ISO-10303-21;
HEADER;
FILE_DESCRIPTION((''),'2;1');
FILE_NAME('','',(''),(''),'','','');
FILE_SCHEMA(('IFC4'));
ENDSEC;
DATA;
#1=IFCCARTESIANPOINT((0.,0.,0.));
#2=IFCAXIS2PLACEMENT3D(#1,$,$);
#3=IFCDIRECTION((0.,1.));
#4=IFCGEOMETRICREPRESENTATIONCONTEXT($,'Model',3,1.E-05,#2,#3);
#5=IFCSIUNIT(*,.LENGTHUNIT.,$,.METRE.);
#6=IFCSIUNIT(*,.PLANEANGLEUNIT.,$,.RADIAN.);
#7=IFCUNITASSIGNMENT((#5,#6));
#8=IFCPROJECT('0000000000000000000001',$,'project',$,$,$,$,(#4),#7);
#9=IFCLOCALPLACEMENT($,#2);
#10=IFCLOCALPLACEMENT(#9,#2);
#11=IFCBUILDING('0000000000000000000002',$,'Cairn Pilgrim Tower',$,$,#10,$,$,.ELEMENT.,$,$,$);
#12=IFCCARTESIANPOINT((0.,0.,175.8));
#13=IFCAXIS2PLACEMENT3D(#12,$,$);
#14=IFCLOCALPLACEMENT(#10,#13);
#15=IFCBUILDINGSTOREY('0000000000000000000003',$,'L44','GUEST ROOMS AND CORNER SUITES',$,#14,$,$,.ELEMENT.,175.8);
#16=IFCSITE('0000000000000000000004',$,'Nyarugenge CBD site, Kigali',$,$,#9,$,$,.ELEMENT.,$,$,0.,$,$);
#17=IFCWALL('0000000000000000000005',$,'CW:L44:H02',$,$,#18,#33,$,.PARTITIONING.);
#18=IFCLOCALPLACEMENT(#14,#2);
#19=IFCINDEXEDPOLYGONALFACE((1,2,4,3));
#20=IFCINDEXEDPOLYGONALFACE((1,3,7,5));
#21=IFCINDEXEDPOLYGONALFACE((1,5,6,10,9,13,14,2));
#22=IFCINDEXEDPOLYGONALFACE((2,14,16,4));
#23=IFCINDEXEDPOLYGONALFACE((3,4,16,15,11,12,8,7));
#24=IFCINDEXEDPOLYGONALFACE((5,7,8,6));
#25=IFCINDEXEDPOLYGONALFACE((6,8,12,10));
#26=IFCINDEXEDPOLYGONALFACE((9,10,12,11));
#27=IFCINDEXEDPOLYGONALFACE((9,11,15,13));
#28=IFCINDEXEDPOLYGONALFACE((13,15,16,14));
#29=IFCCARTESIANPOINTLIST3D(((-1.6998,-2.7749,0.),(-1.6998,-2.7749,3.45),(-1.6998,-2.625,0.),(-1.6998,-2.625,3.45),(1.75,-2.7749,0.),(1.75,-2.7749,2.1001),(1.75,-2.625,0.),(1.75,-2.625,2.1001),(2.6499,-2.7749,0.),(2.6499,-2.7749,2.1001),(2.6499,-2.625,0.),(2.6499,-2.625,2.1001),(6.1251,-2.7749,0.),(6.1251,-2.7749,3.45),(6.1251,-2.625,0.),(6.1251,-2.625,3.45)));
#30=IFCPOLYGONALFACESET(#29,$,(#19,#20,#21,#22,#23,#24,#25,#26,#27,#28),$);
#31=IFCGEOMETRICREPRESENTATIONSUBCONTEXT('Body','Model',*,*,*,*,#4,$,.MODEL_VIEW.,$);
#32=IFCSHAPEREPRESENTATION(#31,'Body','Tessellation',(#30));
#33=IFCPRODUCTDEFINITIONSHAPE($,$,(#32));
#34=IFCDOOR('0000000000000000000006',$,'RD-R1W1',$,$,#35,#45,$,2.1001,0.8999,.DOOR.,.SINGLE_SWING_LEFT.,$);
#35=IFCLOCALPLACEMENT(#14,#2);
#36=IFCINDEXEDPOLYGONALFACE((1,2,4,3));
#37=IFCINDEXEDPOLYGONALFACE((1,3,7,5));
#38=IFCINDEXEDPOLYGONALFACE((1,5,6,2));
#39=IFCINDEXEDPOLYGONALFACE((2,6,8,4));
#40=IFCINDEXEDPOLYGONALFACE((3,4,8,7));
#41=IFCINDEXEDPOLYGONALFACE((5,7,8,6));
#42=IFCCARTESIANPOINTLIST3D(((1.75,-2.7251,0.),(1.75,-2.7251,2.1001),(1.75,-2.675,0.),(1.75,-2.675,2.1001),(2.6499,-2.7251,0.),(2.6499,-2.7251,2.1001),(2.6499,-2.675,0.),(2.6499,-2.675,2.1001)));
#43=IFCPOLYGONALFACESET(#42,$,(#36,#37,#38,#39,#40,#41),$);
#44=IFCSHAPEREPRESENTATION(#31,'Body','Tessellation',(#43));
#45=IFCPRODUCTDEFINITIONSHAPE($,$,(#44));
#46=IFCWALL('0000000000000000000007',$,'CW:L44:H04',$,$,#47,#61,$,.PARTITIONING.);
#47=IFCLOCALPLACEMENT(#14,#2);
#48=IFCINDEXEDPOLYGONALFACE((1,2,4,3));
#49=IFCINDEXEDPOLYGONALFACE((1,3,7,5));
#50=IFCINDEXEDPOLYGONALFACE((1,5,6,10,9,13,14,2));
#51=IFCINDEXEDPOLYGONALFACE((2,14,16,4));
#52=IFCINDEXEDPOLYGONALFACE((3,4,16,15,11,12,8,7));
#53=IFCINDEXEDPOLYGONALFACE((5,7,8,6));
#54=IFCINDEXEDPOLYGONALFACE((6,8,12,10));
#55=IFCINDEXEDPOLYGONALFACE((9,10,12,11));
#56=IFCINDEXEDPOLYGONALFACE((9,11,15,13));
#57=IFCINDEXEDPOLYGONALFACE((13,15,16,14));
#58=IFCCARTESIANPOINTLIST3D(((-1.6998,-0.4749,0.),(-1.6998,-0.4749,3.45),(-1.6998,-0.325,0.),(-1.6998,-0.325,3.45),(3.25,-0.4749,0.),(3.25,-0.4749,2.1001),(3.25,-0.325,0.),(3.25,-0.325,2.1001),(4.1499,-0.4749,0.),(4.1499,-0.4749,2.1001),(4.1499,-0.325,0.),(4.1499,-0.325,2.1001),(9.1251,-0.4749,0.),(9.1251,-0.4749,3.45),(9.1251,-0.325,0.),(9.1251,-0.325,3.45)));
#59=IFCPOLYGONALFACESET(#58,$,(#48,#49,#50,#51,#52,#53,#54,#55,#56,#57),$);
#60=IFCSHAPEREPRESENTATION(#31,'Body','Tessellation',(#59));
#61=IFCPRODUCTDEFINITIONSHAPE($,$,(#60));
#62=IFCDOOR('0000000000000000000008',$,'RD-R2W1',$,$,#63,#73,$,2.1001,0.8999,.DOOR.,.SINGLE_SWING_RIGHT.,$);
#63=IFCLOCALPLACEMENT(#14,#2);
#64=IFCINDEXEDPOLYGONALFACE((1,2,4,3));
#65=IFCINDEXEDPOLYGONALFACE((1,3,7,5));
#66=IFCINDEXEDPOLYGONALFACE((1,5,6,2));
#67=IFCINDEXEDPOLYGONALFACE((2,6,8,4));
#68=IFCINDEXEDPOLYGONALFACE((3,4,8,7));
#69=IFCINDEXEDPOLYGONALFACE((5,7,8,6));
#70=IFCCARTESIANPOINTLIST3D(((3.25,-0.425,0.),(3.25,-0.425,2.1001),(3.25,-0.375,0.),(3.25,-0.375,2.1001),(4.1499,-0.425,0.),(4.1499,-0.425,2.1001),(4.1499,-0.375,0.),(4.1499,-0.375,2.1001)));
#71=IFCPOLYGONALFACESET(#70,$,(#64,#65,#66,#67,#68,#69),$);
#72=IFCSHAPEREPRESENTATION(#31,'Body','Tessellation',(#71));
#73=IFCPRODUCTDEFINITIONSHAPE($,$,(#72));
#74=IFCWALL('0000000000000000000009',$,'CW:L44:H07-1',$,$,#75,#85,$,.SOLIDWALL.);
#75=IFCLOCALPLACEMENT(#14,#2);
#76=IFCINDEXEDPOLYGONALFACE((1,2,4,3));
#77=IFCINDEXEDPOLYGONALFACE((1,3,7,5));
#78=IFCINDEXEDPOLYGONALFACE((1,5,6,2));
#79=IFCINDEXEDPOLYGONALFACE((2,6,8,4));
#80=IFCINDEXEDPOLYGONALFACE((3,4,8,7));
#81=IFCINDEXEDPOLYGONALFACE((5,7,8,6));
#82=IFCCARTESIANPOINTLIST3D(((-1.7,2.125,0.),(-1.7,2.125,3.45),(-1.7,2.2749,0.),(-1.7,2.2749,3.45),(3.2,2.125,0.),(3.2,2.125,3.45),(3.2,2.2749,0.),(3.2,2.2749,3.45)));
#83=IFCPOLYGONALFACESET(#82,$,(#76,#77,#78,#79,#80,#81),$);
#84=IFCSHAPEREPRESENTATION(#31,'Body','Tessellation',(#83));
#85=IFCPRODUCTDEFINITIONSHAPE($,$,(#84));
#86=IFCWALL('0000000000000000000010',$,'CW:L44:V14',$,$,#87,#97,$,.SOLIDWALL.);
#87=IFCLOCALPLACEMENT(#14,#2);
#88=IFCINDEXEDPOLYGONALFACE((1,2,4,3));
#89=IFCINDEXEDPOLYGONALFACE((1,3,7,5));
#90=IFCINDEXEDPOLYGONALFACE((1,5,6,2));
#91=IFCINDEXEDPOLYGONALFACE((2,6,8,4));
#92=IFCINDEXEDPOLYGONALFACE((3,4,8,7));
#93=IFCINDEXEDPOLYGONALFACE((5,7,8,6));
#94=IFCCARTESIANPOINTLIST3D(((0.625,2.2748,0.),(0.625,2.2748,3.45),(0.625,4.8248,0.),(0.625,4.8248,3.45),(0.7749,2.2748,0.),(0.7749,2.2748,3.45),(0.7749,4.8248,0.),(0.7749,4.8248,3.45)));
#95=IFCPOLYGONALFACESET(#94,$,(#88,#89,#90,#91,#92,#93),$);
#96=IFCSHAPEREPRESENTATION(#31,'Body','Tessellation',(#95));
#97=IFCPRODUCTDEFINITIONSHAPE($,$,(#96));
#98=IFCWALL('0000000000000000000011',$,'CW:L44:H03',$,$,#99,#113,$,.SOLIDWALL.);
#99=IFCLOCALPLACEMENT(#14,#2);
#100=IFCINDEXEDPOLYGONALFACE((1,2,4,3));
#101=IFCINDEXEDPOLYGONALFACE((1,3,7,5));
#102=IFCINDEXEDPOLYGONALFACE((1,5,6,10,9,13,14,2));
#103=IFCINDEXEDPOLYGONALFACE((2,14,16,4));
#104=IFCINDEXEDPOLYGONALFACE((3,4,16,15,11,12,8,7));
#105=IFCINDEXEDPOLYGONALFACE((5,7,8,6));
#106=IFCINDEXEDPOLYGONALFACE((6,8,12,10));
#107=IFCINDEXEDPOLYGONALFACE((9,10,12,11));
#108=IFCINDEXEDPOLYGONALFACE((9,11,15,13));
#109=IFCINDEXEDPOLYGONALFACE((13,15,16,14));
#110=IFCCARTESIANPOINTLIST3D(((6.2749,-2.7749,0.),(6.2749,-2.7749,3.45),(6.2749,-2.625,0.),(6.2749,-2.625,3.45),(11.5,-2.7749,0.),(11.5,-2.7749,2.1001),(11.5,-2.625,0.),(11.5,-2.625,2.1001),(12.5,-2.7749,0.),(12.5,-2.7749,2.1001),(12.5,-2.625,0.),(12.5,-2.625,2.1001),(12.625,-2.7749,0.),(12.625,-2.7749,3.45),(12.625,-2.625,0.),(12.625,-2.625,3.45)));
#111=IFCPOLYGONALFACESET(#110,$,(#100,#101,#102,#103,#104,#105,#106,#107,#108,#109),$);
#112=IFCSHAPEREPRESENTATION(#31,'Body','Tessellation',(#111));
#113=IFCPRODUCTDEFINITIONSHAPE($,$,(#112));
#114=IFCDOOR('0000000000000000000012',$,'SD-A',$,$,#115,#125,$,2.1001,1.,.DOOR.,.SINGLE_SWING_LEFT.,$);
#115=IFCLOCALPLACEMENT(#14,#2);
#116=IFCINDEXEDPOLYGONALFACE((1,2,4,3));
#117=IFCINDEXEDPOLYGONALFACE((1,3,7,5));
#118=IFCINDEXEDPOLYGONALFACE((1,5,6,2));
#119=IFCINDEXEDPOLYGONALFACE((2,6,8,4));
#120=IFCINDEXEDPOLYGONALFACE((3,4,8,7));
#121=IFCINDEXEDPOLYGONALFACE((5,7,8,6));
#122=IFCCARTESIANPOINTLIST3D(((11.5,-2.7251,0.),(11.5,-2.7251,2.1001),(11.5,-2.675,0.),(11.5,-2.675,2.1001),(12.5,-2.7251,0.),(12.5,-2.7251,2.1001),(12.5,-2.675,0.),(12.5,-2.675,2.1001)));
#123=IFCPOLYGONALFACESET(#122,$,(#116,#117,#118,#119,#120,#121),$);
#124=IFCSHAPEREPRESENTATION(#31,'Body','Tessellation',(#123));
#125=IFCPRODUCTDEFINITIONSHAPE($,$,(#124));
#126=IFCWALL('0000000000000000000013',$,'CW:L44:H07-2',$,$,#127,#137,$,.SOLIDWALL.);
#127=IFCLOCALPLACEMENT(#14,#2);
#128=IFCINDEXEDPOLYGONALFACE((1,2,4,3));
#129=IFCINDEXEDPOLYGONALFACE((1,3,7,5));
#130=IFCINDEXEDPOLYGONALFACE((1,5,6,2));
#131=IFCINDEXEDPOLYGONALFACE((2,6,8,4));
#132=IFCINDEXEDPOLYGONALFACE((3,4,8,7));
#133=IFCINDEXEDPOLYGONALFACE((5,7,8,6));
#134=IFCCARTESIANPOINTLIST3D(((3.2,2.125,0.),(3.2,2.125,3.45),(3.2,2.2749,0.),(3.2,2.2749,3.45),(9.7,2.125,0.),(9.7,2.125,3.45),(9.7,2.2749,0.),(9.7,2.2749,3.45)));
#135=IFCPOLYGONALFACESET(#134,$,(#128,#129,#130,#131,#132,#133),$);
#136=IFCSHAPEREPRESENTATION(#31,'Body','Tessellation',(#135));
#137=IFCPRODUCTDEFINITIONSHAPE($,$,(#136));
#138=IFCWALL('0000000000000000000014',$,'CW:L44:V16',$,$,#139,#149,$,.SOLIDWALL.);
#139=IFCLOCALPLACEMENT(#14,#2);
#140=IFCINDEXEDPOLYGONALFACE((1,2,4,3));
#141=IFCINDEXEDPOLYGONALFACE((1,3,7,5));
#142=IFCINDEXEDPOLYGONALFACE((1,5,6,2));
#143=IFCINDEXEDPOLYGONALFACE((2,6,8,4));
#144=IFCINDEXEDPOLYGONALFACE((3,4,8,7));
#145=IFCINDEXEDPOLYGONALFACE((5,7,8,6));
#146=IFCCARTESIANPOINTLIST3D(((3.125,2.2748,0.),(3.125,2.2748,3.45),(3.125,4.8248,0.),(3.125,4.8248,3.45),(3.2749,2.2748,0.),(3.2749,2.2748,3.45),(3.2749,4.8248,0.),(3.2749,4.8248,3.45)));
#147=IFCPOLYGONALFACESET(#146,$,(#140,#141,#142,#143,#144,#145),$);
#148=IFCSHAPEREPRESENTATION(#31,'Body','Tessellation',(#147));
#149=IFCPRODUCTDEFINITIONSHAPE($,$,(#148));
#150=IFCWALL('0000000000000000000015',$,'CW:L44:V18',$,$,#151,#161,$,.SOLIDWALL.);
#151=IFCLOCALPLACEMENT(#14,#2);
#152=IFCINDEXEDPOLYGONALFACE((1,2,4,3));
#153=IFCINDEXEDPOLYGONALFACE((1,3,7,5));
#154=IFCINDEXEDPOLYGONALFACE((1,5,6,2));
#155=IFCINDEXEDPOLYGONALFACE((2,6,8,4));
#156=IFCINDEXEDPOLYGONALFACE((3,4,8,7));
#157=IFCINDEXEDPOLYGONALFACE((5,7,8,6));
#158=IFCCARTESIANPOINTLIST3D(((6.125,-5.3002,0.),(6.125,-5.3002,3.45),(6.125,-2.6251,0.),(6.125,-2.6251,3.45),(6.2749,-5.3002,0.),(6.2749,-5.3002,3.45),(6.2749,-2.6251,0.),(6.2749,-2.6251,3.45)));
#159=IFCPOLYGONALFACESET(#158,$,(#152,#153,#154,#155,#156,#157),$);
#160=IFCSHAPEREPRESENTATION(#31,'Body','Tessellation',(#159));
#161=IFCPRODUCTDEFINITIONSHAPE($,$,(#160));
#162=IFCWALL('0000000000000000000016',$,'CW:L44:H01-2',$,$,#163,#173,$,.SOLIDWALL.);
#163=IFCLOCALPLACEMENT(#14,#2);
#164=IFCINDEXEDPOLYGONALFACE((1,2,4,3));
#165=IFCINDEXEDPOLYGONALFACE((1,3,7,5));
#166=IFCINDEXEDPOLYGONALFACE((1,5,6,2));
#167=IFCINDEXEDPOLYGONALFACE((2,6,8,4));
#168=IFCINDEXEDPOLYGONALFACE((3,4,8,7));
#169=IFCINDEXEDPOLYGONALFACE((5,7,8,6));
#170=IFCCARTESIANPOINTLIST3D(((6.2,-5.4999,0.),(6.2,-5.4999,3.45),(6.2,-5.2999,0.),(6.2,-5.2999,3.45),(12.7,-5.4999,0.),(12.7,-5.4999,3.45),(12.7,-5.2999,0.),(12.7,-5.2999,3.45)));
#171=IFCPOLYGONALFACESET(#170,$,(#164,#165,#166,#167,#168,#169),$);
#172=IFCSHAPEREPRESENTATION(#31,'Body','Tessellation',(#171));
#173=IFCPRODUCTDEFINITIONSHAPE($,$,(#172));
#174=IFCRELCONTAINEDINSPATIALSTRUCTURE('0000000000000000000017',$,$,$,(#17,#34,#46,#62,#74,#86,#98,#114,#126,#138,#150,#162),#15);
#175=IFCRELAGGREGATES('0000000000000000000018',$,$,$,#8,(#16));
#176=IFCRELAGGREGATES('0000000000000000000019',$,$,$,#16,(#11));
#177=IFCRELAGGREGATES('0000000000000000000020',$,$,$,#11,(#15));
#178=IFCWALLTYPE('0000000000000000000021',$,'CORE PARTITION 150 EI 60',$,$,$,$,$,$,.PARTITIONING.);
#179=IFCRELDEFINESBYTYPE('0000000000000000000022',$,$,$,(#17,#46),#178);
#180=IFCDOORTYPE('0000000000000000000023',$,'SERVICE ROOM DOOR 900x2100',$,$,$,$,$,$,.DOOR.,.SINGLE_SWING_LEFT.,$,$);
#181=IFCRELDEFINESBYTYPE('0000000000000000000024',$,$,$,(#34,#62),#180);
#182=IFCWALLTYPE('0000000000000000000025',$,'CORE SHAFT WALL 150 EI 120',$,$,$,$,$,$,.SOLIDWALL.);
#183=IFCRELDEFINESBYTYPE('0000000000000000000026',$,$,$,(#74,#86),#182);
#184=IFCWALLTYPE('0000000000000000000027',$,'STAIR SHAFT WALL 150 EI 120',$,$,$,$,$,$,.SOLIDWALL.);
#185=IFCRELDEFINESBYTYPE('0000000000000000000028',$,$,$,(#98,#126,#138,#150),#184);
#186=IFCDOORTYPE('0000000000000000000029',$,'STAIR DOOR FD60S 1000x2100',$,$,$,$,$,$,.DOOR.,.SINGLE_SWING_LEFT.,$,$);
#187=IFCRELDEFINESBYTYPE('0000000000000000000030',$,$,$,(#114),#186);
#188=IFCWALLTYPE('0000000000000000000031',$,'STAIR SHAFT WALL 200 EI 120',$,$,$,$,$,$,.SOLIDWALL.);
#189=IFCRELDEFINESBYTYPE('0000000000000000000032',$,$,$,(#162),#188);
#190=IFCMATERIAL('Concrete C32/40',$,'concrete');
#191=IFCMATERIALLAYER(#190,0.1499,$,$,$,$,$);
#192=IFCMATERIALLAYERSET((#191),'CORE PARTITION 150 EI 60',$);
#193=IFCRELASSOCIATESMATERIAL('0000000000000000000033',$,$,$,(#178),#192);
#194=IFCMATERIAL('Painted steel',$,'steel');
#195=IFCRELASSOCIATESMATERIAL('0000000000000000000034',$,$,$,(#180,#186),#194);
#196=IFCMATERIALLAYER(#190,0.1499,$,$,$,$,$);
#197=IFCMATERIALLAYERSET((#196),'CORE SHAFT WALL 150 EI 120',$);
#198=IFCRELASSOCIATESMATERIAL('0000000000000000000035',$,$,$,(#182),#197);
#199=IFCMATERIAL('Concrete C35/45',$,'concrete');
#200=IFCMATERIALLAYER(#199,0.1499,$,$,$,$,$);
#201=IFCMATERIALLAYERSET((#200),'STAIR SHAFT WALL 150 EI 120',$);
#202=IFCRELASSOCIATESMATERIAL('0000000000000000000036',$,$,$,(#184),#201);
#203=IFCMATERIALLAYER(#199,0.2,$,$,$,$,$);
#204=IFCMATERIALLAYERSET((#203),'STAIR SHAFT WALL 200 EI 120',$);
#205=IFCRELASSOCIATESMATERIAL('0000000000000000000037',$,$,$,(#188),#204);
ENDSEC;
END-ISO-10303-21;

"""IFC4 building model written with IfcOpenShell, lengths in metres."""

from ifc_helpers import new_model, si_unit, direction, frame, frame_2d, origin, place, context, subcontext, project, spatial, rectangle, extrude, material, layer, layer_set, type_object, element, fill, save


model = new_model("IFC4")

# Units and contexts
model_context = context("Model", 3, precision=1e-05, world=origin(), true_north=direction((0.0, 1.0)))
body_context = subcontext(model_context, "Body", "Model", "MODEL_VIEW")
ifc_project = project(units=[si_unit("LENGTHUNIT", "METRE"), si_unit("PLANEANGLEUNIT", "RADIAN")], contexts=[model_context])

# Site, building, storey
site_placement = place(None, origin())
site = spatial("IfcSite", under=ifc_project, at=site_placement, Name="Nyarugenge CBD site, Kigali", CompositionType="ELEMENT", RefElevation=0.0)
building_placement = place(site_placement, origin())
building = spatial("IfcBuilding", under=site, at=building_placement, Name="Cairn Pilgrim Tower", CompositionType="ELEMENT")
storey_placement = place(building_placement, frame((0.0, 0.0, 175.8)))
storey = spatial("IfcBuildingStorey", under=building, at=storey_placement, Name="L44", Description="GUEST ROOMS AND CORNER SUITES", CompositionType="ELEMENT", Elevation=175.8)

# Shared definitions
ifc_material_1 = material(Name="Concrete C35/45", Category="concrete")

# Shared definitions
ifc_material_2 = material(Name="Concrete C32/40", Category="concrete")

# Walls, openings, doors
ifc_layer_1 = layer(ifc_material_2, 0.1499)
ifc_layer_set_1 = layer_set([ifc_layer_1], Name="CORE PARTITION 150 EI 60")
wall_type_1 = type_object("IfcWallType", Name="CORE PARTITION 150 EI 60", PredefinedType="PARTITIONING", material=ifc_layer_set_1)
wall_1_placement = place(storey_placement, frame((-1.7, -2.7, 0.0), z_axis=(0.0, 0.0, 1.0), x_axis=(1.0, 0.0, 0.0)))
wall_1 = element("IfcWall", 1, at=wall_1_placement, inside=storey, type_object=wall_type_1, Name="CW:L44:H02", PredefinedType="PARTITIONING", context=body_context, shape_type="SweptSolid", body=[
    extrude(rectangle(XDim=7.825, YDim=0.1499, at=frame_2d((3.9126, 0.0))), origin(), (0.0, 0.0, 1.0), 3.45),
])
opening_1_placement = place(wall_1_placement, frame((3.45, 0.0, 0.0)))
opening_1 = element("IfcOpeningElement", 2, at=opening_1_placement, cuts=wall_1, PredefinedType="OPENING", context=body_context, shape_type="SweptSolid", body=[
    extrude(rectangle(XDim=0.8999, YDim=2.1001, at=frame_2d((0.45, 1.05))), frame((0.0, 0.085, 0.0), z_axis=(0.0, -1.0, 0.0), x_axis=(1.0, 0.0, 0.0)), (0.0, 0.0, 1.0), 0.1699),
])
ifc_material_3 = material(Name="Painted steel", Category="steel")
door_type_1 = type_object("IfcDoorType", Name="SERVICE ROOM DOOR 900x2100", OperationType="SINGLE_SWING_LEFT", PredefinedType="DOOR", material=ifc_material_3)
door_1_placement = place(opening_1_placement, origin())
door_1 = element("IfcDoor", 3, at=door_1_placement, inside=storey, type_object=door_type_1, Name="RD-R1W1", OperationType="SINGLE_SWING_LEFT", OverallHeight=2.1001, OverallWidth=0.8999, PredefinedType="DOOR", context=body_context, shape_type="SweptSolid", body=[
    extrude(rectangle(XDim=0.8999, YDim=2.1001, at=frame_2d((0.45, 1.05))), frame((0.0, 0.0249, 0.0), z_axis=(0.0, -1.0, 0.0), x_axis=(1.0, 0.0, 0.0)), (0.0, 0.0, 1.0), 0.05),
])
fill(opening_1, door_1)
wall_2_placement = place(storey_placement, frame((-1.7, -0.3999, 0.0), z_axis=(0.0, 0.0, 1.0), x_axis=(1.0, 0.0, 0.0)))
wall_2 = element("IfcWall", 4, at=wall_2_placement, inside=storey, type_object=wall_type_1, Name="CW:L44:H04", PredefinedType="PARTITIONING", context=body_context, shape_type="SweptSolid", body=[
    extrude(rectangle(XDim=10.825, YDim=0.1499, at=frame_2d((5.4126, 0.0))), origin(), (0.0, 0.0, 1.0), 3.45),
])
opening_2_placement = place(wall_2_placement, frame((4.95, 0.0, 0.0)))
opening_2 = element("IfcOpeningElement", 5, at=opening_2_placement, cuts=wall_2, PredefinedType="OPENING", context=body_context, shape_type="SweptSolid", body=[
    extrude(rectangle(XDim=0.8999, YDim=2.1001, at=frame_2d((0.45, 1.05))), frame((0.0, 0.085, 0.0), z_axis=(0.0, -1.0, 0.0), x_axis=(1.0, 0.0, 0.0)), (0.0, 0.0, 1.0), 0.1699),
])
door_2_placement = place(opening_2_placement, origin())
door_2 = element("IfcDoor", 6, at=door_2_placement, inside=storey, type_object=door_type_1, Name="RD-R2W1", OperationType="SINGLE_SWING_RIGHT", OverallHeight=2.1001, OverallWidth=0.8999, PredefinedType="DOOR", context=body_context, shape_type="SweptSolid", body=[
    extrude(rectangle(XDim=0.8999, YDim=2.1001, at=frame_2d((0.45, 1.05))), frame((0.0, 0.0249, 0.0), z_axis=(0.0, -1.0, 0.0), x_axis=(1.0, 0.0, 0.0)), (0.0, 0.0, 1.0), 0.05),
])
fill(opening_2, door_2)

# Walls
ifc_layer_2 = layer(ifc_material_2, 0.1499)
ifc_layer_set_2 = layer_set([ifc_layer_2], Name="CORE SHAFT WALL 150 EI 120")
wall_type_2 = type_object("IfcWallType", Name="CORE SHAFT WALL 150 EI 120", PredefinedType="SOLIDWALL", material=ifc_layer_set_2)
wall_3_placement = place(storey_placement, frame((-1.7, 2.2, 0.0), z_axis=(0.0, 0.0, 1.0), x_axis=(1.0, 0.0, 0.0)))
element("IfcWall", 7, at=wall_3_placement, inside=storey, type_object=wall_type_2, Name="CW:L44:H07-1", PredefinedType="SOLIDWALL", context=body_context, shape_type="SweptSolid", body=[
    extrude(rectangle(XDim=4.8999, YDim=0.1499, at=frame_2d((2.45, 0.0))), origin(), (0.0, 0.0, 1.0), 3.45),
])
wall_4_placement = place(storey_placement, frame((0.7, 2.2749, 0.0), z_axis=(0.0, 0.0, 1.0), x_axis=(0.0, 1.0, 0.0)))
element("IfcWall", 8, at=wall_4_placement, inside=storey, type_object=wall_type_2, Name="CW:L44:V14", PredefinedType="SOLIDWALL", context=body_context, shape_type="SweptSolid", body=[
    extrude(rectangle(XDim=2.55, YDim=0.1499, at=frame_2d((1.2749, 0.0))), origin(), (0.0, 0.0, 1.0), 3.45),
])

# Wall, opening, door
ifc_layer_3 = layer(ifc_material_1, 0.1499)
ifc_layer_set_3 = layer_set([ifc_layer_3], Name="STAIR SHAFT WALL 150 EI 120")
wall_type_3 = type_object("IfcWallType", Name="STAIR SHAFT WALL 150 EI 120", PredefinedType="SOLIDWALL", material=ifc_layer_set_3)
wall_5_placement = place(storey_placement, frame((6.2749, -2.7, 0.0), z_axis=(0.0, 0.0, 1.0), x_axis=(1.0, 0.0, 0.0)))
wall_5 = element("IfcWall", 9, at=wall_5_placement, inside=storey, type_object=wall_type_3, Name="CW:L44:H03", PredefinedType="SOLIDWALL", context=body_context, shape_type="SweptSolid", body=[
    extrude(rectangle(XDim=6.3501, YDim=0.1499, at=frame_2d((3.175, 0.0))), origin(), (0.0, 0.0, 1.0), 3.45),
])
opening_3_placement = place(wall_5_placement, frame((5.2251, 0.0, 0.0)))
opening_3 = element("IfcOpeningElement", 10, at=opening_3_placement, cuts=wall_5, PredefinedType="OPENING", context=body_context, shape_type="SweptSolid", body=[
    extrude(rectangle(XDim=1.0, YDim=2.1001, at=frame_2d((0.5, 1.05))), frame((0.0, 0.085, 0.0), z_axis=(0.0, -1.0, 0.0), x_axis=(1.0, 0.0, 0.0)), (0.0, 0.0, 1.0), 0.1699),
])
door_type_2 = type_object("IfcDoorType", Name="STAIR DOOR FD60S 1000x2100", OperationType="SINGLE_SWING_LEFT", PredefinedType="DOOR", material=ifc_material_3)
door_3_placement = place(opening_3_placement, origin())
door_3 = element("IfcDoor", 11, at=door_3_placement, inside=storey, type_object=door_type_2, Name="SD-A", OperationType="SINGLE_SWING_LEFT", OverallHeight=2.1001, OverallWidth=1.0, PredefinedType="DOOR", context=body_context, shape_type="SweptSolid", body=[
    extrude(rectangle(XDim=1.0, YDim=2.1001, at=frame_2d((0.5, 1.05))), frame((0.0, 0.0249, 0.0), z_axis=(0.0, -1.0, 0.0), x_axis=(1.0, 0.0, 0.0)), (0.0, 0.0, 1.0), 0.05),
])
fill(opening_3, door_3)

# Walls
wall_6_placement = place(storey_placement, frame((3.2, 2.2, 0.0), z_axis=(0.0, 0.0, 1.0), x_axis=(1.0, 0.0, 0.0)))
element("IfcWall", 12, at=wall_6_placement, inside=storey, type_object=wall_type_3, Name="CW:L44:H07-2", PredefinedType="SOLIDWALL", context=body_context, shape_type="SweptSolid", body=[
    extrude(rectangle(XDim=6.5, YDim=0.1499, at=frame_2d((3.25, 0.0))), origin(), (0.0, 0.0, 1.0), 3.45),
])
wall_7_placement = place(storey_placement, frame((3.2, 2.2749, 0.0), z_axis=(0.0, 0.0, 1.0), x_axis=(0.0, 1.0, 0.0)))
element("IfcWall", 13, at=wall_7_placement, inside=storey, type_object=wall_type_3, Name="CW:L44:V16", PredefinedType="SOLIDWALL", context=body_context, shape_type="SweptSolid", body=[
    extrude(rectangle(XDim=2.55, YDim=0.1499, at=frame_2d((1.2749, 0.0))), origin(), (0.0, 0.0, 1.0), 3.45),
])
wall_8_placement = place(storey_placement, frame((6.2, -5.3, 0.0), z_axis=(0.0, 0.0, 1.0), x_axis=(0.0, 1.0, 0.0)))
element("IfcWall", 14, at=wall_8_placement, inside=storey, type_object=wall_type_3, Name="CW:L44:V18", PredefinedType="SOLIDWALL", context=body_context, shape_type="SweptSolid", body=[
    extrude(rectangle(XDim=2.675, YDim=0.1499, at=frame_2d((1.3374, 0.0))), origin(), (0.0, 0.0, 1.0), 3.45),
])
ifc_layer_4 = layer(ifc_material_1, 0.2)
ifc_layer_set_4 = layer_set([ifc_layer_4], Name="STAIR SHAFT WALL 200 EI 120")
wall_type_4 = type_object("IfcWallType", Name="STAIR SHAFT WALL 200 EI 120", PredefinedType="SOLIDWALL", material=ifc_layer_set_4)
wall_9_placement = place(storey_placement, frame((6.2, -5.3999, 0.0), z_axis=(0.0, 0.0, 1.0), x_axis=(1.0, 0.0, 0.0)))
element("IfcWall", 15, at=wall_9_placement, inside=storey, type_object=wall_type_4, Name="CW:L44:H01-2", PredefinedType="SOLIDWALL", context=body_context, shape_type="SweptSolid", body=[
    extrude(rectangle(XDim=6.5, YDim=0.2, at=frame_2d((3.25, 0.0))), origin(), (0.0, 0.0, 1.0), 3.45),
])

save(model, "model.ifc")
